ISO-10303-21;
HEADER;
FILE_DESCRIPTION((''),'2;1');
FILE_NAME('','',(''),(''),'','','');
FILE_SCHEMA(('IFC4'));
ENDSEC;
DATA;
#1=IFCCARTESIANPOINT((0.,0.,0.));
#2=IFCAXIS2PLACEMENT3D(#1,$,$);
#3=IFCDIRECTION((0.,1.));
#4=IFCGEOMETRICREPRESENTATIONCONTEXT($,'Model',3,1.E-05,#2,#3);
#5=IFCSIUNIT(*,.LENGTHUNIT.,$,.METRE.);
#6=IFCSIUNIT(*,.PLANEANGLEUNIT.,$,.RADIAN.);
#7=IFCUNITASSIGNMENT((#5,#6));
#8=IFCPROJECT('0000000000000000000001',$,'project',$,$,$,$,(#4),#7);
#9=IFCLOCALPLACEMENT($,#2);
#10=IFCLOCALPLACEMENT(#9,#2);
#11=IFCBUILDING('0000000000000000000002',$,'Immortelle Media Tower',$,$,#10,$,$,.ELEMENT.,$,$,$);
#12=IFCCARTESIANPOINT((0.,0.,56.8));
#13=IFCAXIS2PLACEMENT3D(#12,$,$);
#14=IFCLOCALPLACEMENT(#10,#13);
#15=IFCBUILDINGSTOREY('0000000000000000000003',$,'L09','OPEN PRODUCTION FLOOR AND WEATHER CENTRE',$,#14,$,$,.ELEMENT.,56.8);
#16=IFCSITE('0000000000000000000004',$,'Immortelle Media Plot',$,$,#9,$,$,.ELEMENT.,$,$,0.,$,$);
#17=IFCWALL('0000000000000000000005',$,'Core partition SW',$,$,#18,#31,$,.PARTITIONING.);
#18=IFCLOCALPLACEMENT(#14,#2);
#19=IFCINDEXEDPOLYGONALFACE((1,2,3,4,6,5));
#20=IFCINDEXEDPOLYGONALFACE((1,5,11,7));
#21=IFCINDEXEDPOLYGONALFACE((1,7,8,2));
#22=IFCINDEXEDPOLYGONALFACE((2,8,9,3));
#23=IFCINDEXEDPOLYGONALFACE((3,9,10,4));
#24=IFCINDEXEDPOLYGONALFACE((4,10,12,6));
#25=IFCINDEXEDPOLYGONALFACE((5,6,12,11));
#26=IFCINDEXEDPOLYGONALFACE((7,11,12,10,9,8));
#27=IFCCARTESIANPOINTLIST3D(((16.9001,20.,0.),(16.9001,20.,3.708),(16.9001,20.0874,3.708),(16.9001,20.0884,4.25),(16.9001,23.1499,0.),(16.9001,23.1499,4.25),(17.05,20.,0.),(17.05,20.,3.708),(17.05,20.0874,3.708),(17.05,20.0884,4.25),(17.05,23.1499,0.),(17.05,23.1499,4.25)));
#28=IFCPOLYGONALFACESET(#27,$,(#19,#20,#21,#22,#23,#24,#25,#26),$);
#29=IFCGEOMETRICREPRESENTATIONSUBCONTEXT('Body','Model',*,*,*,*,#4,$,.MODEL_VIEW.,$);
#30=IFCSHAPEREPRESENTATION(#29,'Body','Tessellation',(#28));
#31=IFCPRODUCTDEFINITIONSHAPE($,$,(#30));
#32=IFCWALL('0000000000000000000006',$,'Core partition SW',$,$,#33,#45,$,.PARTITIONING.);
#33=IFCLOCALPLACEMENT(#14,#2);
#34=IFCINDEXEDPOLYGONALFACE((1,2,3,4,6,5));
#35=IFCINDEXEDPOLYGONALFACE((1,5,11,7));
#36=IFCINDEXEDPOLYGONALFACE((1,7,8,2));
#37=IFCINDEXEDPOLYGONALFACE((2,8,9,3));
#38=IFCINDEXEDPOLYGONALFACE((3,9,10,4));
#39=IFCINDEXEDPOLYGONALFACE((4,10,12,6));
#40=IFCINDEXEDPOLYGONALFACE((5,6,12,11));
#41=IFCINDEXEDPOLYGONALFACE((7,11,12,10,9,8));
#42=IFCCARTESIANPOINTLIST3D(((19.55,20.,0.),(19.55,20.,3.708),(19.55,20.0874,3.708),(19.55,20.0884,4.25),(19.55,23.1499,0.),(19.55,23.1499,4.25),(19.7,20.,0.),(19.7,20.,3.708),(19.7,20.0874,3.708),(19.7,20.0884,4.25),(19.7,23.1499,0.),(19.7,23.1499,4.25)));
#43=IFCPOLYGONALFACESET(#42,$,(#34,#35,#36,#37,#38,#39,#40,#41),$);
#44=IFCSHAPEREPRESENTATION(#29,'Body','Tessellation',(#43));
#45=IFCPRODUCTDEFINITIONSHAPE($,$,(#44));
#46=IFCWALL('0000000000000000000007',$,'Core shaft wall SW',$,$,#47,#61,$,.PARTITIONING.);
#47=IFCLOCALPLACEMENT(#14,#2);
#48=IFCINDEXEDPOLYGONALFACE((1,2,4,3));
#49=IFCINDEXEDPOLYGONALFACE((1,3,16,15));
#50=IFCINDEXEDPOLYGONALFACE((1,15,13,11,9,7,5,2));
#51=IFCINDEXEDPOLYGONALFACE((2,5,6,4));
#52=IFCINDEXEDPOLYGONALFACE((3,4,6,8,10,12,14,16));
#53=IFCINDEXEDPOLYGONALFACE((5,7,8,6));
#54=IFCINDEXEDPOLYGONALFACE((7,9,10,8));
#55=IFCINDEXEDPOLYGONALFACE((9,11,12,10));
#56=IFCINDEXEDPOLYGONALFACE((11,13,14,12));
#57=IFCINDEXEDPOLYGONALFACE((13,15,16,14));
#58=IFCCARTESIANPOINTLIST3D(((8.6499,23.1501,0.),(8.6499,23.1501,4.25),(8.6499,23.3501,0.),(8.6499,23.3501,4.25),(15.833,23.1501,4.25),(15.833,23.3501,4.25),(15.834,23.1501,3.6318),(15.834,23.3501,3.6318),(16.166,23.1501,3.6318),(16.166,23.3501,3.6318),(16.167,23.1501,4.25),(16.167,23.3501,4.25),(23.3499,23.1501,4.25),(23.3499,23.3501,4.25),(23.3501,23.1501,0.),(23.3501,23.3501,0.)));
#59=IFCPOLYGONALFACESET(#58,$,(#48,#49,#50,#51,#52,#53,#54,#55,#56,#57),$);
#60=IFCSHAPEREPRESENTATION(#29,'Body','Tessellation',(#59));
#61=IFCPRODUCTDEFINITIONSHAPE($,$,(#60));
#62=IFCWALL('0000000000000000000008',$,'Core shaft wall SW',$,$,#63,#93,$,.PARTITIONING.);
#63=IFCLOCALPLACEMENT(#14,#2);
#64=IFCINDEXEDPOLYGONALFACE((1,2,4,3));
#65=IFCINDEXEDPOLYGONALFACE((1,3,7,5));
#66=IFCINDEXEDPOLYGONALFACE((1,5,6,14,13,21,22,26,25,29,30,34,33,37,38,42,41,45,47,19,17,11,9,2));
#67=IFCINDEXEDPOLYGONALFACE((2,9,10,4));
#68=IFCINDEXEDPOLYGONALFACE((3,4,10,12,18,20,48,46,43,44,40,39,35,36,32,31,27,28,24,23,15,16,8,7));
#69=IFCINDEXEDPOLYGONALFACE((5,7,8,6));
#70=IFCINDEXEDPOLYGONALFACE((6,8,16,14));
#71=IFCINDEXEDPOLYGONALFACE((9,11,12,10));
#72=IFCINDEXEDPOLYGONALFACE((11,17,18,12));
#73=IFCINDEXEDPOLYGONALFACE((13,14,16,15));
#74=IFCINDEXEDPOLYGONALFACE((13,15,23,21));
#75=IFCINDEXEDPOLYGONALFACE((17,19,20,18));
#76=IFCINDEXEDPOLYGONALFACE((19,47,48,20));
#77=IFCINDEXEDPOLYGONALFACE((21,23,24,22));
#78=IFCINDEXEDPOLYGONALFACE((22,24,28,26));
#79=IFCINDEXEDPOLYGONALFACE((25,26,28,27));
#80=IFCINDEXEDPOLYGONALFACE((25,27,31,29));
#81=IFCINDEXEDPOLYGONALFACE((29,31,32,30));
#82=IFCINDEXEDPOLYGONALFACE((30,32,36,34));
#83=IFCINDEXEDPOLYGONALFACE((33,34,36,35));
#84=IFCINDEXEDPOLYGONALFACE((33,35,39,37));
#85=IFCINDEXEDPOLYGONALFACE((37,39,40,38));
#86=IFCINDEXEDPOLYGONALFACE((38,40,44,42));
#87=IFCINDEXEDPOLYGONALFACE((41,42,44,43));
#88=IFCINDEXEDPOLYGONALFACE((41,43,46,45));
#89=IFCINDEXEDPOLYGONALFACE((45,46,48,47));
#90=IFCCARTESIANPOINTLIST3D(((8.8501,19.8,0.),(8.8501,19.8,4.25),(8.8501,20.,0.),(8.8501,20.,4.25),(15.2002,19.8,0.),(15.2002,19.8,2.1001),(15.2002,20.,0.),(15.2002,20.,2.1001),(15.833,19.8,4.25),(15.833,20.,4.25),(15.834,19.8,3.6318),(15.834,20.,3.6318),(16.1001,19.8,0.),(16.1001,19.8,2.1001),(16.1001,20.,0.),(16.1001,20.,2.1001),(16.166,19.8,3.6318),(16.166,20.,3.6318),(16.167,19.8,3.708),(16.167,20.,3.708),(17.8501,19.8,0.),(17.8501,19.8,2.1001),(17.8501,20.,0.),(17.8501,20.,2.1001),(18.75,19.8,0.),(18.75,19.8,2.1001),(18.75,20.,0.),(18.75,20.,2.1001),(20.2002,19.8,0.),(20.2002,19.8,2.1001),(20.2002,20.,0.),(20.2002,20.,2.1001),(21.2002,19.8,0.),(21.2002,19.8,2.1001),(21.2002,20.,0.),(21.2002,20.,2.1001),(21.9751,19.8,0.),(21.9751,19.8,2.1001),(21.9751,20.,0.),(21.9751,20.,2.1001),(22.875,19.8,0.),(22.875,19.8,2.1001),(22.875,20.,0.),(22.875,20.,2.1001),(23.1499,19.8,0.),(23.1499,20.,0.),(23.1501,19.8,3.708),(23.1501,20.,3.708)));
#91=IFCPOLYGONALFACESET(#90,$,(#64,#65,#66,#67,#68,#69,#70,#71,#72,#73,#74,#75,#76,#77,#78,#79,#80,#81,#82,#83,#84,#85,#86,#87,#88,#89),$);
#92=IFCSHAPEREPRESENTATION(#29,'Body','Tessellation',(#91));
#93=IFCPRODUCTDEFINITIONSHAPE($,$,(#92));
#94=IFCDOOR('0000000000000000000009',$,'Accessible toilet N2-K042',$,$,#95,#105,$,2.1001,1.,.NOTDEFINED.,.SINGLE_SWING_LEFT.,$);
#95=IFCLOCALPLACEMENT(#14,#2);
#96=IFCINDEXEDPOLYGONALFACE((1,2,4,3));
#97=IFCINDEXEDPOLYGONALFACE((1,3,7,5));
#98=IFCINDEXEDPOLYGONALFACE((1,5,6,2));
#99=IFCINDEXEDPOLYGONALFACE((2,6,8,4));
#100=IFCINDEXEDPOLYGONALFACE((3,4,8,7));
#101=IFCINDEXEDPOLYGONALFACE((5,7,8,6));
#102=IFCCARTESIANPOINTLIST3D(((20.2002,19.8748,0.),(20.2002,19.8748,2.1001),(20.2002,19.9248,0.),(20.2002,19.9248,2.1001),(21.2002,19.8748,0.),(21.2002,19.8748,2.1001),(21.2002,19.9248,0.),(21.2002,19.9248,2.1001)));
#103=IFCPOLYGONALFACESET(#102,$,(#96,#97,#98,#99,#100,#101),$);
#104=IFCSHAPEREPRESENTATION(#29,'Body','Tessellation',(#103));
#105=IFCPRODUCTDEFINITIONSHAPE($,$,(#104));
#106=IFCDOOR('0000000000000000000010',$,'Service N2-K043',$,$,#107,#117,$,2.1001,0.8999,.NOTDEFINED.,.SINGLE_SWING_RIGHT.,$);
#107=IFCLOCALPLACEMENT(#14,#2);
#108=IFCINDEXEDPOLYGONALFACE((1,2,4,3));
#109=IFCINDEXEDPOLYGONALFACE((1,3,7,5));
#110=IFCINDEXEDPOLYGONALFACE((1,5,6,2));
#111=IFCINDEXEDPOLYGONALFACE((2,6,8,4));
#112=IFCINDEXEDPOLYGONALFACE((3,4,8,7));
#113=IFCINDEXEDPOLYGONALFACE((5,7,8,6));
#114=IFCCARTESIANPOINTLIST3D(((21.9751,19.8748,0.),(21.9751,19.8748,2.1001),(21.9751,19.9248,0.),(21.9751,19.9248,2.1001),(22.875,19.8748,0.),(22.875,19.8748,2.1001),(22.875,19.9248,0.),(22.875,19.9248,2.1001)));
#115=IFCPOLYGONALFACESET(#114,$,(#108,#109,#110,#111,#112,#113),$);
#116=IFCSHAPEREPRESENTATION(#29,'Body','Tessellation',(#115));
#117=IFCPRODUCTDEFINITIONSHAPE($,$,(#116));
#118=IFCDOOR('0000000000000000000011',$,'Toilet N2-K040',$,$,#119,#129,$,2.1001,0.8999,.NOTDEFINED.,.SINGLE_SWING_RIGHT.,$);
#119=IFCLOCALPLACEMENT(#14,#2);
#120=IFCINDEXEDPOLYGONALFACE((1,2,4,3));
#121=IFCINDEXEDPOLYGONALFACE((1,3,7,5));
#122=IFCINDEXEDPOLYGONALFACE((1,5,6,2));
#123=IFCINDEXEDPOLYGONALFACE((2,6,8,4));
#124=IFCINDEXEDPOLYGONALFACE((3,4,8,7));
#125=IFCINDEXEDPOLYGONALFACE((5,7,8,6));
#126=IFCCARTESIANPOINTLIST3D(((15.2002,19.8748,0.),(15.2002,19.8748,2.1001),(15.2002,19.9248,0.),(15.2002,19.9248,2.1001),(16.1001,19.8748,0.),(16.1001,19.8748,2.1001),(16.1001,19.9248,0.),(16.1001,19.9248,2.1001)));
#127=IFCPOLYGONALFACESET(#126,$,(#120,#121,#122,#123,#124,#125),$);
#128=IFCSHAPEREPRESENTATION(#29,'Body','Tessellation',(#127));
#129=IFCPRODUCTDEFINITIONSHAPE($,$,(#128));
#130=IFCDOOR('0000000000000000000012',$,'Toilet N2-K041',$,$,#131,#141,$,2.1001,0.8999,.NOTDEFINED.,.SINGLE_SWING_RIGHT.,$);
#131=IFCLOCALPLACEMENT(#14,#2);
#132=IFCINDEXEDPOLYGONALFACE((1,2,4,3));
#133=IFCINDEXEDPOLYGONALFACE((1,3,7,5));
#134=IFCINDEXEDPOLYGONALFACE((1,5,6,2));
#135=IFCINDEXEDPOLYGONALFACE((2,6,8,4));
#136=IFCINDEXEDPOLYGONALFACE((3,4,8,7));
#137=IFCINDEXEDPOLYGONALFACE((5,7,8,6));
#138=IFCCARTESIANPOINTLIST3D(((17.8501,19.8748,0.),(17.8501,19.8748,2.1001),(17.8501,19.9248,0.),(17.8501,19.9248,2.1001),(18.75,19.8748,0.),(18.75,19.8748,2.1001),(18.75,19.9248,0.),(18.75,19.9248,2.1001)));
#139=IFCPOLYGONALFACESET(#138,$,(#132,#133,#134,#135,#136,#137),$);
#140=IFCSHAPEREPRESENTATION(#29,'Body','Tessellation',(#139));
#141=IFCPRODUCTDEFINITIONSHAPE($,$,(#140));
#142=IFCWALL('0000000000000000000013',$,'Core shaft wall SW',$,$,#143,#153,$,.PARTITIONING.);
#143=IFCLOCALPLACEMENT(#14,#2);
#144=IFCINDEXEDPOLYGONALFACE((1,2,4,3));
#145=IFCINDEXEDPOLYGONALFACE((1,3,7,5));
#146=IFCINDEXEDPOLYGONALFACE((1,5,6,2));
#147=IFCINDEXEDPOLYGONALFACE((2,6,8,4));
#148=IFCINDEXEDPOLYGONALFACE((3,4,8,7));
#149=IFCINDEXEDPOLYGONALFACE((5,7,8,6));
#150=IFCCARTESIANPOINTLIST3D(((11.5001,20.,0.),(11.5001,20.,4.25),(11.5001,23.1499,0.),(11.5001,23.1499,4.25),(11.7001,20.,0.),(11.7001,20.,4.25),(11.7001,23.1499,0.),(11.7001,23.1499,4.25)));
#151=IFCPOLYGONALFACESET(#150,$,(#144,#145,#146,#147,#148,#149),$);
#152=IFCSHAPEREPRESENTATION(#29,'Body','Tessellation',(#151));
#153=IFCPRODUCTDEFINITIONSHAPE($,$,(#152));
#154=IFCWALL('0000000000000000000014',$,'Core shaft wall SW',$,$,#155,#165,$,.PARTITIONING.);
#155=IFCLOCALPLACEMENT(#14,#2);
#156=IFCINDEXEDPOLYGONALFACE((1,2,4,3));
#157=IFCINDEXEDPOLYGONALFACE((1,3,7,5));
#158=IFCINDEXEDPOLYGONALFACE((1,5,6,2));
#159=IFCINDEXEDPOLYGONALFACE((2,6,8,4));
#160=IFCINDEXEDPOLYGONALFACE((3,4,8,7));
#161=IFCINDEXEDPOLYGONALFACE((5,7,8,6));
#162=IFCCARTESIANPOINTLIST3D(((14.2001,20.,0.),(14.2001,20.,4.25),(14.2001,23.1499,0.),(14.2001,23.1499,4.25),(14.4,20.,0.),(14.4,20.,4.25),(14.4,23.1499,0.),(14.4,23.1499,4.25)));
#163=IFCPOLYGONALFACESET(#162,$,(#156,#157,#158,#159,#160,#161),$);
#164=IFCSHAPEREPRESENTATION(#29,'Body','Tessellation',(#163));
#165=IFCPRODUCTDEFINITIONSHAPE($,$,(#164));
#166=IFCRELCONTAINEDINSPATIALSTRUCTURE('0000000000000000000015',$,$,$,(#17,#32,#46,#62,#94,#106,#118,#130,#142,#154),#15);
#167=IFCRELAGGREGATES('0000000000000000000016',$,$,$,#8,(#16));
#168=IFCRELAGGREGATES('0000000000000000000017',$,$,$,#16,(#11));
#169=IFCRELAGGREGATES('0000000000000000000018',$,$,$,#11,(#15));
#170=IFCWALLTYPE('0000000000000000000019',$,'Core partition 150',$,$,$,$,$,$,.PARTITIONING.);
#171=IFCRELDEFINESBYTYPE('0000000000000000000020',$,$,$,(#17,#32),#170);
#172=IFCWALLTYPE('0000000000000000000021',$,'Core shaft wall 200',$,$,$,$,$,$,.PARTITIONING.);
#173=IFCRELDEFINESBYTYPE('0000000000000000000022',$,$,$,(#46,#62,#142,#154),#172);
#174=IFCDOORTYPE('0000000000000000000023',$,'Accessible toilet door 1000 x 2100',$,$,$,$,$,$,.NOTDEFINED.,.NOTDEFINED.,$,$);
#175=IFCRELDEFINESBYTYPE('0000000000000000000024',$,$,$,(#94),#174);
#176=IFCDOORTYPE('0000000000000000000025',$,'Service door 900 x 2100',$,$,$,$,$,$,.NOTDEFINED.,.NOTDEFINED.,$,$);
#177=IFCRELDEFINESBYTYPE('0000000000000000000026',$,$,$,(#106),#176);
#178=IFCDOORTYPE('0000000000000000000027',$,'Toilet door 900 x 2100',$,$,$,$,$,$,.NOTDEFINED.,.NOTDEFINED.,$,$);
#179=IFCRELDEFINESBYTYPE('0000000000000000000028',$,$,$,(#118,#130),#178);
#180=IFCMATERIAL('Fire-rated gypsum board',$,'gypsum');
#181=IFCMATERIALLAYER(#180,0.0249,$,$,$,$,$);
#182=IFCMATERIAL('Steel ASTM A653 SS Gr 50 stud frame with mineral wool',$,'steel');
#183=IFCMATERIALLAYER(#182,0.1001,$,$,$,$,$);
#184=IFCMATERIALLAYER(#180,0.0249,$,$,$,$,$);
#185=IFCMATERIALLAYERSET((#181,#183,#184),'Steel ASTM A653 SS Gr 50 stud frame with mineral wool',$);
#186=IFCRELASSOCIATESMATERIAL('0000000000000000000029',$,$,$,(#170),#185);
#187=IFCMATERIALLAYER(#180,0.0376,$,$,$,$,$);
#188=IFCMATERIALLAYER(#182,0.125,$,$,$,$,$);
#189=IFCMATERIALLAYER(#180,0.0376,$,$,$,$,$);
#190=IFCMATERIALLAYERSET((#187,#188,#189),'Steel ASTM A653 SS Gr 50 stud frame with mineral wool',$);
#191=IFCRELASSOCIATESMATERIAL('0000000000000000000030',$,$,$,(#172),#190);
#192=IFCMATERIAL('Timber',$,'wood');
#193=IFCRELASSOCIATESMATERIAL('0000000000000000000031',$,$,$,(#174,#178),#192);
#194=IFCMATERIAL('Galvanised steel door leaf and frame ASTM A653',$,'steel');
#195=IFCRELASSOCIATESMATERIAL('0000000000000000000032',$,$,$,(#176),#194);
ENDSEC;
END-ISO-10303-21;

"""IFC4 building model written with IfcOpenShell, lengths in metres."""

from ifc_helpers import new_model, si_unit, direction, frame, frame_2d, origin, place, context, subcontext, project, spatial, polyline, rectangle, outline, extrude, material, layer, layer_set, type_object, element, fill, save


model = new_model("IFC4")

# Units and contexts
model_context = context("Model", 3, precision=1e-05, world=origin(), true_north=direction((0.0, 1.0)))
body_context = subcontext(model_context, "Body", "Model", "MODEL_VIEW")
ifc_project = project(units=[si_unit("LENGTHUNIT", "METRE"), si_unit("PLANEANGLEUNIT", "RADIAN")], contexts=[model_context])

# Site, building, storey
site_placement = place(None, origin())
site = spatial("IfcSite", under=ifc_project, at=site_placement, Name="Immortelle Media Plot", CompositionType="ELEMENT", RefElevation=0.0)
building_placement = place(site_placement, origin())
building = spatial("IfcBuilding", under=site, at=building_placement, Name="Immortelle Media Tower", CompositionType="ELEMENT")
storey_placement = place(building_placement, frame((0.0, 0.0, 56.8)))
storey = spatial("IfcBuildingStorey", under=building, at=storey_placement, Name="L09", Description="OPEN PRODUCTION FLOOR AND WEATHER CENTRE", CompositionType="ELEMENT", Elevation=56.8)

# Shared definitions
ifc_material_1 = material(Name="Galvanised steel door leaf and frame ASTM A653", Category="steel")

# Walls
ifc_material_2 = material(Name="Fire-rated gypsum board", Category="gypsum")
ifc_layer_1 = layer(ifc_material_2, 0.0249)
ifc_material_3 = material(Name="Steel ASTM A653 SS Gr 50 stud frame with mineral wool", Category="steel")
ifc_layer_2 = layer(ifc_material_3, 0.1001)
ifc_layer_3 = layer(ifc_material_2, 0.0249)
ifc_layer_set_1 = layer_set([ifc_layer_1, ifc_layer_2, ifc_layer_3], Name="Steel ASTM A653 SS Gr 50 stud frame with mineral wool")
wall_type_1 = type_object("IfcWallType", Name="Core partition 150", PredefinedType="PARTITIONING", material=ifc_layer_set_1)
for number, where, z_axis, x_axis, name in (
    (1, (16.9751, 20.0, 0.0), (0.0, 0.0, 1.0), (0.0, 1.0, 0.0), "Core partition SW"),
    (2, (19.625, 20.0, 0.0), (0.0, 0.0, 1.0), (0.0, 1.0, 0.0), "Core partition SW"),
):
    element("IfcWall", number, at=place(storey_placement, frame(where, z_axis=z_axis, x_axis=x_axis)), inside=storey, type_object=wall_type_1, Name=name, PredefinedType="PARTITIONING", context=body_context, shape_type="SweptSolid", body=[
        extrude(outline(polyline([(0.0, 0.0), (3.1499, 0.0), (3.1499, 4.25), (0.0884, 4.25), (0.0874, 3.708), (0.0, 3.708), (0.0, 0.0)])), frame((0.0, 0.075, 0.0), z_axis=(0.0, -1.0, 0.0), x_axis=(1.0, 0.0, 0.0)), (0.0, 0.0, 1.0), 0.1499),
    ])
ifc_layer_4 = layer(ifc_material_2, 0.0376)
ifc_layer_5 = layer(ifc_material_3, 0.125)
ifc_layer_6 = layer(ifc_material_2, 0.0376)
ifc_layer_set_2 = layer_set([ifc_layer_4, ifc_layer_5, ifc_layer_6], Name="Steel ASTM A653 SS Gr 50 stud frame with mineral wool")
wall_type_2 = type_object("IfcWallType", Name="Core shaft wall 200", PredefinedType="PARTITIONING", material=ifc_layer_set_2)
wall_1_placement = place(storey_placement, frame((8.6499, 23.25, 0.0), z_axis=(0.0, 0.0, 1.0), x_axis=(1.0, 0.0, 0.0)))
element("IfcWall", 3, at=wall_1_placement, inside=storey, type_object=wall_type_2, Name="Core shaft wall SW", PredefinedType="PARTITIONING", context=body_context, shape_type="SweptSolid", body=[
    extrude(outline(polyline([(0.0, 0.0), (14.7002, 0.0), (14.7, 4.25), (7.5171, 4.25), (7.5161, 3.6318), (7.1841, 3.6318), (7.1831, 4.25), (0.0, 4.25), (0.0, 0.0)])), frame((0.0, 0.1001, 0.0), z_axis=(0.0, -1.0, 0.0), x_axis=(1.0, 0.0, 0.0)), (0.0, 0.0, 1.0), 0.2),
])

# Wall, openings, doors
wall_2_placement = place(storey_placement, frame((8.8501, 19.8999, 0.0), z_axis=(0.0, 0.0, 1.0), x_axis=(1.0, 0.0, 0.0)))
wall_2 = element("IfcWall", 4, at=wall_2_placement, inside=storey, type_object=wall_type_2, Name="Core shaft wall SW", PredefinedType="PARTITIONING", context=body_context, shape_type="SweptSolid", body=[
    extrude(outline(polyline([(0.0, 0.0), (14.2998, 0.0), (14.3, 3.708), (7.3169, 3.708), (7.3159, 3.6318), (6.9839, 3.6318), (6.9829, 4.25), (0.0, 4.25), (0.0, 0.0)])), frame((0.0, 0.1001, 0.0), z_axis=(0.0, -1.0, 0.0), x_axis=(1.0, 0.0, 0.0)), (0.0, 0.0, 1.0), 0.2),
])
opening_1_placement = place(wall_2_placement, frame((6.3501, 0.0, 0.0)))
opening_1 = element("IfcOpeningElement", 5, at=opening_1_placement, cuts=wall_2, PredefinedType="OPENING", context=body_context, shape_type="SweptSolid", body=[
    extrude(rectangle(XDim=0.8999, YDim=2.1001, at=frame_2d((0.45, 1.05))), frame((0.0, 0.1099, 0.0), z_axis=(0.0, -1.0, 0.0), x_axis=(1.0, 0.0, 0.0)), (0.0, 0.0, 1.0), 0.22),
])
opening_2_placement = place(wall_2_placement, frame((9.0, 0.0, 0.0)))
opening_2 = element("IfcOpeningElement", 6, at=opening_2_placement, cuts=wall_2, PredefinedType="OPENING", context=body_context, shape_type="SweptSolid", body=[
    extrude(rectangle(XDim=0.8999, YDim=2.1001, at=frame_2d((0.45, 1.05))), frame((0.0, 0.1099, 0.0), z_axis=(0.0, -1.0, 0.0), x_axis=(1.0, 0.0, 0.0)), (0.0, 0.0, 1.0), 0.22),
])
opening_3_placement = place(wall_2_placement, frame((11.3501, 0.0, 0.0)))
opening_3 = element("IfcOpeningElement", 7, at=opening_3_placement, cuts=wall_2, PredefinedType="OPENING", context=body_context, shape_type="SweptSolid", body=[
    extrude(rectangle(XDim=1.0, YDim=2.1001, at=frame_2d((0.5, 1.05))), frame((0.0, 0.1099, 0.0), z_axis=(0.0, -1.0, 0.0), x_axis=(1.0, 0.0, 0.0)), (0.0, 0.0, 1.0), 0.22),
])
opening_4_placement = place(wall_2_placement, frame((13.125, 0.0, 0.0)))
opening_4 = element("IfcOpeningElement", 8, at=opening_4_placement, cuts=wall_2, PredefinedType="OPENING", context=body_context, shape_type="SweptSolid", body=[
    extrude(rectangle(XDim=0.8999, YDim=2.1001, at=frame_2d((0.45, 1.05))), frame((0.0, 0.1099, 0.0), z_axis=(0.0, -1.0, 0.0), x_axis=(1.0, 0.0, 0.0)), (0.0, 0.0, 1.0), 0.22),
])
ifc_material_4 = material(Name="Timber", Category="wood")
door_type_1 = type_object("IfcDoorType", Name="Accessible toilet door 1000 x 2100", OperationType="NOTDEFINED", PredefinedType="NOTDEFINED", material=ifc_material_4)
door_1_placement = place(opening_3_placement, origin())
door_1 = element("IfcDoor", 9, at=door_1_placement, inside=storey, type_object=door_type_1, Name="Accessible toilet N2-K042", OperationType="SINGLE_SWING_LEFT", OverallHeight=2.1001, OverallWidth=1.0, PredefinedType="NOTDEFINED", context=body_context, shape_type="SweptSolid", body=[
    extrude(rectangle(XDim=1.0, YDim=2.1001, at=frame_2d((0.5, 1.05))), frame((0.0, 0.0249, 0.0), z_axis=(0.0, -1.0, 0.0), x_axis=(1.0, 0.0, 0.0)), (0.0, 0.0, 1.0), 0.05),
])
fill(opening_3, door_1)
door_type_2 = type_object("IfcDoorType", Name="Service door 900 x 2100", OperationType="NOTDEFINED", PredefinedType="NOTDEFINED", material=ifc_material_1)
door_2_placement = place(opening_4_placement, origin())
door_2 = element("IfcDoor", 10, at=door_2_placement, inside=storey, type_object=door_type_2, Name="Service N2-K043", OperationType="SINGLE_SWING_RIGHT", OverallHeight=2.1001, OverallWidth=0.8999, PredefinedType="NOTDEFINED", context=body_context, shape_type="SweptSolid", body=[
    extrude(rectangle(XDim=0.8999, YDim=2.1001, at=frame_2d((0.45, 1.05))), frame((0.0, 0.0249, 0.0), z_axis=(0.0, -1.0, 0.0), x_axis=(1.0, 0.0, 0.0)), (0.0, 0.0, 1.0), 0.05),
])
fill(opening_4, door_2)
door_type_3 = type_object("IfcDoorType", Name="Toilet door 900 x 2100", OperationType="NOTDEFINED", PredefinedType="NOTDEFINED", material=ifc_material_4)
door_3_placement = place(opening_1_placement, origin())
door_3 = element("IfcDoor", 11, at=door_3_placement, inside=storey, type_object=door_type_3, Name="Toilet N2-K040", OperationType="SINGLE_SWING_RIGHT", OverallHeight=2.1001, OverallWidth=0.8999, PredefinedType="NOTDEFINED", context=body_context, shape_type="SweptSolid", body=[
    extrude(rectangle(XDim=0.8999, YDim=2.1001, at=frame_2d((0.45, 1.05))), frame((0.0, 0.0249, 0.0), z_axis=(0.0, -1.0, 0.0), x_axis=(1.0, 0.0, 0.0)), (0.0, 0.0, 1.0), 0.05),
])
fill(opening_1, door_3)
door_4_placement = place(opening_2_placement, origin())
door_4 = element("IfcDoor", 12, at=door_4_placement, inside=storey, type_object=door_type_3, Name="Toilet N2-K041", OperationType="SINGLE_SWING_RIGHT", OverallHeight=2.1001, OverallWidth=0.8999, PredefinedType="NOTDEFINED", context=body_context, shape_type="SweptSolid", body=[
    extrude(rectangle(XDim=0.8999, YDim=2.1001, at=frame_2d((0.45, 1.05))), frame((0.0, 0.0249, 0.0), z_axis=(0.0, -1.0, 0.0), x_axis=(1.0, 0.0, 0.0)), (0.0, 0.0, 1.0), 0.05),
])
fill(opening_2, door_4)

# Walls
for number, where, z_axis, x_axis, name in (
    (13, (11.6001, 20.0, 0.0), (0.0, 0.0, 1.0), (0.0, 1.0, 0.0), "Core shaft wall SW"),
    (14, (14.3, 20.0, 0.0), (0.0, 0.0, 1.0), (0.0, 1.0, 0.0), "Core shaft wall SW"),
):
    element("IfcWall", number, at=place(storey_placement, frame(where, z_axis=z_axis, x_axis=x_axis)), inside=storey, type_object=wall_type_2, Name=name, PredefinedType="PARTITIONING", context=body_context, shape_type="SweptSolid", body=[
        extrude(rectangle(XDim=3.1499, YDim=0.2, at=frame_2d((1.575, 0.0))), origin(), (0.0, 0.0, 1.0), 4.25),
    ])

save(model, "model.ifc")
